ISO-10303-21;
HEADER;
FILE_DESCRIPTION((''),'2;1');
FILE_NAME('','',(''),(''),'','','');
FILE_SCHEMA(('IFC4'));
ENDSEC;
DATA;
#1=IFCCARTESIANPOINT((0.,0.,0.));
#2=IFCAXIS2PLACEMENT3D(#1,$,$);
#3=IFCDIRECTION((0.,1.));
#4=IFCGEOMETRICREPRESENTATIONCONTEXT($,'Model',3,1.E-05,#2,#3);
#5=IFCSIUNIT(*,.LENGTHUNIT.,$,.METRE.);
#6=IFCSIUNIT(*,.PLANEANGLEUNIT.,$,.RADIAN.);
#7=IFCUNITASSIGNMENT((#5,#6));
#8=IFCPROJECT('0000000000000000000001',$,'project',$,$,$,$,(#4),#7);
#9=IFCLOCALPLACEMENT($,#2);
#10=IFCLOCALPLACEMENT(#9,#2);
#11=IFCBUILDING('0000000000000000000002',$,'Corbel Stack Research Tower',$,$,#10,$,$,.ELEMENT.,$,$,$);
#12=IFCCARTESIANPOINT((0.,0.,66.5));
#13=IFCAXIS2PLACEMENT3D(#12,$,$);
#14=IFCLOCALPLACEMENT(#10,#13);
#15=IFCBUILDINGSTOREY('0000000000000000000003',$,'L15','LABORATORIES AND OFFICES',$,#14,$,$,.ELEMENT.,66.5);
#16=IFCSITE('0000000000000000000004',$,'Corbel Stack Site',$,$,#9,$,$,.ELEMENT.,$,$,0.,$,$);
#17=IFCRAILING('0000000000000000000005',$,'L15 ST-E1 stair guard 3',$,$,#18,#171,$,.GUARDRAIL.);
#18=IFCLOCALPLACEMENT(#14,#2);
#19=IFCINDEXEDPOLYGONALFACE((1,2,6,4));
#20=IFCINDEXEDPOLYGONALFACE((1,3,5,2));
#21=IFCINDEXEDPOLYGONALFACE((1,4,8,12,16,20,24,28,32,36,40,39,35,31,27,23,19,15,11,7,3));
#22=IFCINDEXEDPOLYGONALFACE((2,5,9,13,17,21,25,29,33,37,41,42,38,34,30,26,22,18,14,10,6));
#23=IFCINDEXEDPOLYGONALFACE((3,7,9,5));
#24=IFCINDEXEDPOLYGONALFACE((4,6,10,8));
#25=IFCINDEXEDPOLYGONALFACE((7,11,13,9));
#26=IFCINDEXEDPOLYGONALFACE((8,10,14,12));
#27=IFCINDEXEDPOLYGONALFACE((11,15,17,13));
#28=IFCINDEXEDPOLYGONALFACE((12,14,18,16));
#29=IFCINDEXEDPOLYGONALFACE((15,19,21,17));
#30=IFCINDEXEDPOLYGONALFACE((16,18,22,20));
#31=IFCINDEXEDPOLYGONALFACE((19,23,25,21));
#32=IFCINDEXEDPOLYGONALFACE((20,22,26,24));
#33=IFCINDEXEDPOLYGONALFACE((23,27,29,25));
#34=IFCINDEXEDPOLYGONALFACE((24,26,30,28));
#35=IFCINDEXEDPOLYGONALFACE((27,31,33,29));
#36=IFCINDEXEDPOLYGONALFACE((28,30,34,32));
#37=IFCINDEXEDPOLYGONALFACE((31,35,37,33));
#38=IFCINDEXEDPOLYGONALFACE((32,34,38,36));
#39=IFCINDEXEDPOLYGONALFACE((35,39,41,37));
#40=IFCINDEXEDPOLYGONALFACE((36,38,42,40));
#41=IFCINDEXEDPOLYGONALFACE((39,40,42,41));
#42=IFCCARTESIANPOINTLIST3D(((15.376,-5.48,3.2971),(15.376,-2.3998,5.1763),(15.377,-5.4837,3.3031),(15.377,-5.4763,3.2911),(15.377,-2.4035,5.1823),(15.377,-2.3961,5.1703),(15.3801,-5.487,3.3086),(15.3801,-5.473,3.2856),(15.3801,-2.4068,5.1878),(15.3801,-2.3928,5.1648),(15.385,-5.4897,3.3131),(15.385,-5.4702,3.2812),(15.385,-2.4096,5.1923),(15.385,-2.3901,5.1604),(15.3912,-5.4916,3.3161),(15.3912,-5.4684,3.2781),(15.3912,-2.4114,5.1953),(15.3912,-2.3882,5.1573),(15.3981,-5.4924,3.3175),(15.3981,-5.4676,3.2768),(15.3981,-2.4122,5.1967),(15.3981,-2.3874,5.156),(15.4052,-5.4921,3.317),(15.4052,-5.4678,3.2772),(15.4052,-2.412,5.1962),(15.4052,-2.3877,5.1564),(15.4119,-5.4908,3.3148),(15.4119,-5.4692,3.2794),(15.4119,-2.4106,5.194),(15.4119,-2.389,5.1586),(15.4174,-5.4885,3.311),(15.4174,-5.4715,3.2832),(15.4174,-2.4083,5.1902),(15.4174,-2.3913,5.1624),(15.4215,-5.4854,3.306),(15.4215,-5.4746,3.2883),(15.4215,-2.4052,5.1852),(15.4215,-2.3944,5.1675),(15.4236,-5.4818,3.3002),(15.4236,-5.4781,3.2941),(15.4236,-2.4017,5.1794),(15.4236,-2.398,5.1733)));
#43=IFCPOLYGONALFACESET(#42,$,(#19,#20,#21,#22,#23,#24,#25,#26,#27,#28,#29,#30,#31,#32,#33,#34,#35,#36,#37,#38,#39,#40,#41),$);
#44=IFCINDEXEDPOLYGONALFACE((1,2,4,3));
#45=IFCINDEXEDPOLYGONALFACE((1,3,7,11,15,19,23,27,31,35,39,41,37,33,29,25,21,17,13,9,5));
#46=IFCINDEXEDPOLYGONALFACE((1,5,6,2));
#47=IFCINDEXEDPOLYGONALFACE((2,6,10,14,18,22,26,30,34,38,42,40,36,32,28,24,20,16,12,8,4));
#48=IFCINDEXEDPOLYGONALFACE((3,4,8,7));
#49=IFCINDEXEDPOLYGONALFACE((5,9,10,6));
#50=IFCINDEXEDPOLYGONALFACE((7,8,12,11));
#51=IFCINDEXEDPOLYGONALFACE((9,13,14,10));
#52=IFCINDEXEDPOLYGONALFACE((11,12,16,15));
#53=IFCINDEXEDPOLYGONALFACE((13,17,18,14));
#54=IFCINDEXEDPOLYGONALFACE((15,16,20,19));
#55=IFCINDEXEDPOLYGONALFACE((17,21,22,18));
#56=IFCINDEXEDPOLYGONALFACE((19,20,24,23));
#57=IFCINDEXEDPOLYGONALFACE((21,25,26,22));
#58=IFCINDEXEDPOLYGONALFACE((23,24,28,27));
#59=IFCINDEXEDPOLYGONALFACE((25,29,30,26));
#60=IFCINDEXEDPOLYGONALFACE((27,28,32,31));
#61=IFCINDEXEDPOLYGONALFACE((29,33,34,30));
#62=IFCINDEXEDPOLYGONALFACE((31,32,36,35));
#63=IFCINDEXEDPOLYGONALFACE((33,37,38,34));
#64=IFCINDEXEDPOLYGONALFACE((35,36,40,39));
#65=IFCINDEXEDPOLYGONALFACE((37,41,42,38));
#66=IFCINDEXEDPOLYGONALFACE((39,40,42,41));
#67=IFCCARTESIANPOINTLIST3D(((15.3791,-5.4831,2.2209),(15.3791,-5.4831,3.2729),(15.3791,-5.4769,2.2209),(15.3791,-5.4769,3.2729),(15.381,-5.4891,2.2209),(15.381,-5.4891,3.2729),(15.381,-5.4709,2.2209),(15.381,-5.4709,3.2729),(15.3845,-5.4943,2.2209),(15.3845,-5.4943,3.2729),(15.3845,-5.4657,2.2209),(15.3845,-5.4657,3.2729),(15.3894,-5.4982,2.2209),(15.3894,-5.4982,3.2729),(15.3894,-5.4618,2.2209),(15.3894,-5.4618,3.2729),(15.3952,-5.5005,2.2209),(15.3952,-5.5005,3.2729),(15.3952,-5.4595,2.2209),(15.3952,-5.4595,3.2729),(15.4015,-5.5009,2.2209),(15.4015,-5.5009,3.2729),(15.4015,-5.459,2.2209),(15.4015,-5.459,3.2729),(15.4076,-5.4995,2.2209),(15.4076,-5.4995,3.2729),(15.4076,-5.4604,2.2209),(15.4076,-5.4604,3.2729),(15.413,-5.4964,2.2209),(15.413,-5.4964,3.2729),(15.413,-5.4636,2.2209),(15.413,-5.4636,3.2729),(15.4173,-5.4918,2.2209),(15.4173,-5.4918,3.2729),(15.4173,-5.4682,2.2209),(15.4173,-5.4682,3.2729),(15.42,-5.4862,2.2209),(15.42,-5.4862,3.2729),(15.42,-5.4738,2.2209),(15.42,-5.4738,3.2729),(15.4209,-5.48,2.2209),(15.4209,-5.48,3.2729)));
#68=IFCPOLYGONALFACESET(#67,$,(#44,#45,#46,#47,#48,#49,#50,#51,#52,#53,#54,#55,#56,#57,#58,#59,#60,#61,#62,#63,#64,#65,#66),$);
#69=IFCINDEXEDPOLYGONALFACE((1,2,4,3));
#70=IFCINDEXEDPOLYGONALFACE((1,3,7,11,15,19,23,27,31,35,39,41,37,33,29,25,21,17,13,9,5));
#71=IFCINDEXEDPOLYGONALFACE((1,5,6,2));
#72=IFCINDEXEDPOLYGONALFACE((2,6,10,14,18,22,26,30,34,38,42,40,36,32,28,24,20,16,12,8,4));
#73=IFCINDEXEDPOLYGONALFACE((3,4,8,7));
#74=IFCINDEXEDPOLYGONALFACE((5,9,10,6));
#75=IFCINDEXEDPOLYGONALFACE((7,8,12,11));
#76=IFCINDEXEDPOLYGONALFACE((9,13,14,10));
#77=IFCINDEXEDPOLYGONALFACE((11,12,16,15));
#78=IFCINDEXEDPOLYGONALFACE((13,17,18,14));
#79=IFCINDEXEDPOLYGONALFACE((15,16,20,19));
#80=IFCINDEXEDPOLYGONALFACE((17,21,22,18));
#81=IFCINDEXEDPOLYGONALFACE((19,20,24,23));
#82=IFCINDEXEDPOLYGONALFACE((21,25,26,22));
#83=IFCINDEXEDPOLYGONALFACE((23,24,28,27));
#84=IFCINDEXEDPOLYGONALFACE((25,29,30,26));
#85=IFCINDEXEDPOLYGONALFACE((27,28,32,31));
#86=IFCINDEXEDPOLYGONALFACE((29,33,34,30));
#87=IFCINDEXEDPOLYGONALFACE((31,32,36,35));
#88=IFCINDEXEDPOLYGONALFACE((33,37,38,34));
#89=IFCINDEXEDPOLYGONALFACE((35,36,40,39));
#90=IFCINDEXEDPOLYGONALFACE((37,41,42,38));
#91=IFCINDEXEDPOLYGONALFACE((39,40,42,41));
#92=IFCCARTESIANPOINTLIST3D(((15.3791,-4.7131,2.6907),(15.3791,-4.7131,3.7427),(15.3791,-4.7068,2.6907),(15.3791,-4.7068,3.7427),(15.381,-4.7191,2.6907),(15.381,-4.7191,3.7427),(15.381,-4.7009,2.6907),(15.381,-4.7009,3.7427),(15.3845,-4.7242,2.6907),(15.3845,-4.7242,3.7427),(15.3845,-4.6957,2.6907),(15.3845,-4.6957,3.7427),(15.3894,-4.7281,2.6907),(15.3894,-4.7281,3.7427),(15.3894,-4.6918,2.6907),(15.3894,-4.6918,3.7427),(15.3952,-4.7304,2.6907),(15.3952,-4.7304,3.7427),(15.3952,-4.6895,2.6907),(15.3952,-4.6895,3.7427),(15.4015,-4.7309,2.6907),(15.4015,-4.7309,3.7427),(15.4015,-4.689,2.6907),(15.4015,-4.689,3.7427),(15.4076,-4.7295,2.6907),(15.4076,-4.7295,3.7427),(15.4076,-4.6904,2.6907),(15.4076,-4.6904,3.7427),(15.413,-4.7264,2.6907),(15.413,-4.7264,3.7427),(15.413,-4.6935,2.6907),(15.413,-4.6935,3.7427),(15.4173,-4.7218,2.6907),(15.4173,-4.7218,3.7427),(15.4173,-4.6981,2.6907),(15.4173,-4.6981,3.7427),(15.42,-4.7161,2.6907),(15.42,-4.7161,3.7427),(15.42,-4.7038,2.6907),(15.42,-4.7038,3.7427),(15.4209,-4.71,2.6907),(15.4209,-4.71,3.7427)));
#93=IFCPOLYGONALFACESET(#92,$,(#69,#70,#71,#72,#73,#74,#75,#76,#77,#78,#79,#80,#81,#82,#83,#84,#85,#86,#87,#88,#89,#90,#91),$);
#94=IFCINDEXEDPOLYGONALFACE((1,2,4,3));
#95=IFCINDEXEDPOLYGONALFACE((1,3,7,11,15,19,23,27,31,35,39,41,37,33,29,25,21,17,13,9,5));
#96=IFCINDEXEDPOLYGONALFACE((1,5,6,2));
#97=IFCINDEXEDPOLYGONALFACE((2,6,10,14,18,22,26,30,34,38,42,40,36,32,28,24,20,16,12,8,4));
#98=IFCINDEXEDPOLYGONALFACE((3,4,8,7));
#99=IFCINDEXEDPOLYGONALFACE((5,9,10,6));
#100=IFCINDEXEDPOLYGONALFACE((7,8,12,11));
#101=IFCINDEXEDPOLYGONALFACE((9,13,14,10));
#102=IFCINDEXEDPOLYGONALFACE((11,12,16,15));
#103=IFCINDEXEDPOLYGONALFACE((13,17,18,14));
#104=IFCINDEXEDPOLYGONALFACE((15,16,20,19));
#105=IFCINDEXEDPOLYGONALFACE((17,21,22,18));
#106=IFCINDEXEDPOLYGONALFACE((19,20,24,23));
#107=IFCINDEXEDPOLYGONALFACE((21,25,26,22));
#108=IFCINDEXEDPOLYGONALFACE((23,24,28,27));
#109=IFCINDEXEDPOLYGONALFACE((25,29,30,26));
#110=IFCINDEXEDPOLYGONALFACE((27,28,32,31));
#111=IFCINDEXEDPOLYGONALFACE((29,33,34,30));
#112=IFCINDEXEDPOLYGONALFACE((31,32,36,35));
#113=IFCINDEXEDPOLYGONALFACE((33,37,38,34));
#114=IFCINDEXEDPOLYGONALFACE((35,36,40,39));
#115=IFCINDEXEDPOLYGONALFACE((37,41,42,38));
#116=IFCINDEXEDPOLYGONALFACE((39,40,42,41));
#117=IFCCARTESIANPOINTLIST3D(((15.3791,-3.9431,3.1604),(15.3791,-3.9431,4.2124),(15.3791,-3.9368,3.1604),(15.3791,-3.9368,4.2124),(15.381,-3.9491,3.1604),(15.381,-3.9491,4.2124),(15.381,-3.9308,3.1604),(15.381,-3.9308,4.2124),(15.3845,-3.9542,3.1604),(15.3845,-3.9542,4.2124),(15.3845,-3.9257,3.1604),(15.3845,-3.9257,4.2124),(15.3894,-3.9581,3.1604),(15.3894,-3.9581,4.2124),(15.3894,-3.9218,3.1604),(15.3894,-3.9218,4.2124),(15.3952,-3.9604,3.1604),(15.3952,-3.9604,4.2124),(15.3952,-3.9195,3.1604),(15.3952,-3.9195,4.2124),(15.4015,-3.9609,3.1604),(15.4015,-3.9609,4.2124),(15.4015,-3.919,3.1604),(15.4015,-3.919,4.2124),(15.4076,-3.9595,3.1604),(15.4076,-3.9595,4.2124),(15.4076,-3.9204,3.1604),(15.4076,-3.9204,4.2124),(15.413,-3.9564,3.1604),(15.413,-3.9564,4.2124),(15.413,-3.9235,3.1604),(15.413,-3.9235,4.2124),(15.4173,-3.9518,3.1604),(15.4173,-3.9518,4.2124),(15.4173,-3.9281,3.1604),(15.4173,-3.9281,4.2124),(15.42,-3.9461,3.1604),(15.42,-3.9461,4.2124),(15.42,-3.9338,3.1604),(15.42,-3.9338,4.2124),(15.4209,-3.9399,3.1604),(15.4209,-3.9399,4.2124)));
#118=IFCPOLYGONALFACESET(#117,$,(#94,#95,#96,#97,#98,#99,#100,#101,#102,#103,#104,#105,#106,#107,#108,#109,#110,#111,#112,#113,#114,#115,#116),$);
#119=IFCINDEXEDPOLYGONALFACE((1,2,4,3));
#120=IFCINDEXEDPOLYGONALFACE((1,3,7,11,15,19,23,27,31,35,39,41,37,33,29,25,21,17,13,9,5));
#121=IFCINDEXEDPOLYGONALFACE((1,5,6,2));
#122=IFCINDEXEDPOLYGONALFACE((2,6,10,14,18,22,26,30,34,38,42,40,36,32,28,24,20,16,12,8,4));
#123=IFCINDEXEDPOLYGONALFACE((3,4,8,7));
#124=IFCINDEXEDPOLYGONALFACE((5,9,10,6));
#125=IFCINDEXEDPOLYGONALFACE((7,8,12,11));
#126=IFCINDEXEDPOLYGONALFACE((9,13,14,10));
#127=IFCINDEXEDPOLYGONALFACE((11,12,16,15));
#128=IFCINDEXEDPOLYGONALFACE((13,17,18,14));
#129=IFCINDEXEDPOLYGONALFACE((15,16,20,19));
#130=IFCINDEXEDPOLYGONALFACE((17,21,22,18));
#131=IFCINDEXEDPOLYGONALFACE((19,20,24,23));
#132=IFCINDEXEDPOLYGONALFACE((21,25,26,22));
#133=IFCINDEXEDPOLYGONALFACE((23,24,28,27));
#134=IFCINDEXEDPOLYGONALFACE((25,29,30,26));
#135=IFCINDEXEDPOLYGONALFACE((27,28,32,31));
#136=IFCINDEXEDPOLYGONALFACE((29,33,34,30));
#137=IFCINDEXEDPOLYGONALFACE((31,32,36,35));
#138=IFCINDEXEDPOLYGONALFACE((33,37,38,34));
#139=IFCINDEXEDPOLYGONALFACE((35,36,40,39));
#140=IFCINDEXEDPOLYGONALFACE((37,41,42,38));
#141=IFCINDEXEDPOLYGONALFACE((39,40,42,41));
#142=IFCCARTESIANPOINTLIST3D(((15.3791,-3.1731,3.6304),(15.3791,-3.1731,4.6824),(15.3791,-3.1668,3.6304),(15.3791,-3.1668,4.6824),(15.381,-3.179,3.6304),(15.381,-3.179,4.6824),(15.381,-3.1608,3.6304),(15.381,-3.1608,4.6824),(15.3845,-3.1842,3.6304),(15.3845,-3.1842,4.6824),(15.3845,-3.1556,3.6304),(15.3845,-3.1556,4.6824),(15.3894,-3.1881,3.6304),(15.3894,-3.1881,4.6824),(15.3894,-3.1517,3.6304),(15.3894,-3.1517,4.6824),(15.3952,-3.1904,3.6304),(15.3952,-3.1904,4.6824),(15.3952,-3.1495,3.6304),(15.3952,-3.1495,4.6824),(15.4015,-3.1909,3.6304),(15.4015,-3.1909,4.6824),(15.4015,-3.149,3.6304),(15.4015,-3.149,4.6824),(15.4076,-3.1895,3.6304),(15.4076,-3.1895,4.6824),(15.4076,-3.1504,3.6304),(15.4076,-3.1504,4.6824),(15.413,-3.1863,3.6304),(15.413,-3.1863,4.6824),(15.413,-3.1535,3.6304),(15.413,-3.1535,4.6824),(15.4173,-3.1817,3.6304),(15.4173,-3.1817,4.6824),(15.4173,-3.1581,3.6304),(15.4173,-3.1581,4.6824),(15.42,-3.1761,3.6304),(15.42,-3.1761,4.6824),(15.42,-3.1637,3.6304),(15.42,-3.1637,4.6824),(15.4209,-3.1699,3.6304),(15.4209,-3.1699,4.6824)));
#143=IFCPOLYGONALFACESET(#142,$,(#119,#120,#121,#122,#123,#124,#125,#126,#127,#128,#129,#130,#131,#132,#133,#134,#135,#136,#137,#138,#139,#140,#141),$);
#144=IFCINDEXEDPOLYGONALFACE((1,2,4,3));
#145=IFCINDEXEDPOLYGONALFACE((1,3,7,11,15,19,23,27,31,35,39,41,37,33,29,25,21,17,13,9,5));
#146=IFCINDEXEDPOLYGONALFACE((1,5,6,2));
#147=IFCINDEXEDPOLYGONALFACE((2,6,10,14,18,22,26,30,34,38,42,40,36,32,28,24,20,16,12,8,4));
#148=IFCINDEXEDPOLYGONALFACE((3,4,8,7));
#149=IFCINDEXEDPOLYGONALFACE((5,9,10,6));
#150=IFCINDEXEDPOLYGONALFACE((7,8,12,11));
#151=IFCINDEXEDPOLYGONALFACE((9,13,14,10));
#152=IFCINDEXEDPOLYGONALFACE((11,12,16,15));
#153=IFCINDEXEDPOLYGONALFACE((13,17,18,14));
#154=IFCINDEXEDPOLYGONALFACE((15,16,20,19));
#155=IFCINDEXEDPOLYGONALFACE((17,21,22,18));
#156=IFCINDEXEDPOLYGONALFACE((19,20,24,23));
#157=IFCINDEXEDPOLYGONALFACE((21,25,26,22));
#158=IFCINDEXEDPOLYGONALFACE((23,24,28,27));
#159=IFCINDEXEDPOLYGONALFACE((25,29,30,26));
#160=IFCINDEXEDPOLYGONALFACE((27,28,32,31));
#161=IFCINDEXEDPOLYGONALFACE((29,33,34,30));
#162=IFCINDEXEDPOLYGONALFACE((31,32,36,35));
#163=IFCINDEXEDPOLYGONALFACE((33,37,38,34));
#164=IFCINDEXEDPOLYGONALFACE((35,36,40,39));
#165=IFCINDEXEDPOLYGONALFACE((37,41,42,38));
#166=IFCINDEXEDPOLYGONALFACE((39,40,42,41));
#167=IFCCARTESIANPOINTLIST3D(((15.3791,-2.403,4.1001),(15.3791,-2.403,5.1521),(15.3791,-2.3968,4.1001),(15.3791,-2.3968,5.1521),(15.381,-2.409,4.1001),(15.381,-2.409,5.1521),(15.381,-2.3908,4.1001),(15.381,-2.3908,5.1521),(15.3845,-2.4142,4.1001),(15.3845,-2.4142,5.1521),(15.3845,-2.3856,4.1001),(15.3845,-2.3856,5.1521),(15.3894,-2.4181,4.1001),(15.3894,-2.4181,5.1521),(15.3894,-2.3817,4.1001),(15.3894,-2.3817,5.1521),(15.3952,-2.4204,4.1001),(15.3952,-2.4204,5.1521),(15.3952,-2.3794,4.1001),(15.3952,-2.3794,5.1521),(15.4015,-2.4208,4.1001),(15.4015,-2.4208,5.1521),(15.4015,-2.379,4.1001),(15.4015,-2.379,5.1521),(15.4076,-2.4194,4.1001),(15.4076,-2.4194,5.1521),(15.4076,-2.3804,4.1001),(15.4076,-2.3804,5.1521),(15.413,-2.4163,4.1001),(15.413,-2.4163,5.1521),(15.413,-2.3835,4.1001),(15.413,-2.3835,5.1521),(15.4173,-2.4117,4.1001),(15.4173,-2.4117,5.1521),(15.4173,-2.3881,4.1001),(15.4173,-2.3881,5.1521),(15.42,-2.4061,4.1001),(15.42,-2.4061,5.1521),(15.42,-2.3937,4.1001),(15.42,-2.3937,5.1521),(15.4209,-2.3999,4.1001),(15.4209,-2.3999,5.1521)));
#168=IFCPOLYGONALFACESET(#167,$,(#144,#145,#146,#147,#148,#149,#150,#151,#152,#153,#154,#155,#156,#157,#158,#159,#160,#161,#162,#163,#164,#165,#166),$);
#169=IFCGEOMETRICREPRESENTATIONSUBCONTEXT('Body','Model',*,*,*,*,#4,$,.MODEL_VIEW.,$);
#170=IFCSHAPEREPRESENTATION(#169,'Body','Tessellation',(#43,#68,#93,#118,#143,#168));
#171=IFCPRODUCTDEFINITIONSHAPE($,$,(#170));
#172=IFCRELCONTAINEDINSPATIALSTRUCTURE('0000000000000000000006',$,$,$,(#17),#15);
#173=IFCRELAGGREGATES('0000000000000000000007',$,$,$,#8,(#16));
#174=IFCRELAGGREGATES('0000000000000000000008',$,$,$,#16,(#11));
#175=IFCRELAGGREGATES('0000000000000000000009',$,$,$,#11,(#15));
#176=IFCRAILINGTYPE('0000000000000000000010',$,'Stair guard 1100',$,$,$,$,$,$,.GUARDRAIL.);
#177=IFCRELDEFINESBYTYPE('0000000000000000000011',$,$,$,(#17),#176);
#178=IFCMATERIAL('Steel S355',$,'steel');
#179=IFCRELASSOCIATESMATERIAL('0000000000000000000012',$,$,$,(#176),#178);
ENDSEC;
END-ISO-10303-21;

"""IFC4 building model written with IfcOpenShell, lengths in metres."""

from ifc_helpers import new_model, si_unit, direction, frame, origin, origin_2d, place, context, subcontext, project, spatial, circle, extrude, material, type_object, element, save


model = new_model("IFC4")

# Units and contexts
model_context = context("Model", 3, precision=1e-05, world=origin(), true_north=direction((0.0, 1.0)))
body_context = subcontext(model_context, "Body", "Model", "MODEL_VIEW")
ifc_project = project(units=[si_unit("LENGTHUNIT", "METRE"), si_unit("PLANEANGLEUNIT", "RADIAN")], contexts=[model_context])

# Site, building, storey
site_placement = place(None, origin())
site = spatial("IfcSite", under=ifc_project, at=site_placement, Name="Corbel Stack Site", CompositionType="ELEMENT", RefElevation=0.0)
building_placement = place(site_placement, origin())
building = spatial("IfcBuilding", under=site, at=building_placement, Name="Corbel Stack Research Tower", CompositionType="ELEMENT")
storey_placement = place(building_placement, frame((0.0, 0.0, 66.5)))
storey = spatial("IfcBuildingStorey", under=building, at=storey_placement, Name="L15", Description="LABORATORIES AND OFFICES", CompositionType="ELEMENT", Elevation=66.5)

# Railing
ifc_material_1 = material(Name="Steel S355", Category="steel")
railing_type_1 = type_object("IfcRailingType", Name="Stair guard 1100", PredefinedType="GUARDRAIL", material=ifc_material_1)
railing_1_placement = place(storey_placement, frame((15.3999, -5.48, 2.2209)))
element("IfcRailing", 1, at=railing_1_placement, inside=storey, type_object=railing_type_1, Name="L15 ST-E1 stair guard 3", PredefinedType="GUARDRAIL", context=body_context, shape_type="SweptSolid", body=[
    extrude(circle(Radius=0.0239, at=origin_2d()), frame((0.0, 0.0, 1.0762), z_axis=(0.0, 0.853666, 0.52082), x_axis=(-1.0, 0.0, 0.0)), (0.0, 0.0, 1.0), 3.6082),
    extrude(circle(Radius=0.021, at=origin_2d()), origin(), (0.0, 0.0, 1.0), 1.052),
    extrude(circle(Radius=0.021, at=origin_2d()), frame((0.0, 0.77, 0.4697)), (0.0, 0.0, 1.0), 1.052),
    extrude(circle(Radius=0.021, at=origin_2d()), frame((0.0, 1.54, 0.9395)), (0.0, 0.0, 1.0), 1.052),
    extrude(circle(Radius=0.021, at=origin_2d()), frame((0.0, 2.3101, 1.4094)), (0.0, 0.0, 1.0), 1.052),
    extrude(circle(Radius=0.021, at=origin_2d()), frame((0.0, 3.0801, 1.8792)), (0.0, 0.0, 1.0), 1.052),
])

save(model, "model.ifc")
